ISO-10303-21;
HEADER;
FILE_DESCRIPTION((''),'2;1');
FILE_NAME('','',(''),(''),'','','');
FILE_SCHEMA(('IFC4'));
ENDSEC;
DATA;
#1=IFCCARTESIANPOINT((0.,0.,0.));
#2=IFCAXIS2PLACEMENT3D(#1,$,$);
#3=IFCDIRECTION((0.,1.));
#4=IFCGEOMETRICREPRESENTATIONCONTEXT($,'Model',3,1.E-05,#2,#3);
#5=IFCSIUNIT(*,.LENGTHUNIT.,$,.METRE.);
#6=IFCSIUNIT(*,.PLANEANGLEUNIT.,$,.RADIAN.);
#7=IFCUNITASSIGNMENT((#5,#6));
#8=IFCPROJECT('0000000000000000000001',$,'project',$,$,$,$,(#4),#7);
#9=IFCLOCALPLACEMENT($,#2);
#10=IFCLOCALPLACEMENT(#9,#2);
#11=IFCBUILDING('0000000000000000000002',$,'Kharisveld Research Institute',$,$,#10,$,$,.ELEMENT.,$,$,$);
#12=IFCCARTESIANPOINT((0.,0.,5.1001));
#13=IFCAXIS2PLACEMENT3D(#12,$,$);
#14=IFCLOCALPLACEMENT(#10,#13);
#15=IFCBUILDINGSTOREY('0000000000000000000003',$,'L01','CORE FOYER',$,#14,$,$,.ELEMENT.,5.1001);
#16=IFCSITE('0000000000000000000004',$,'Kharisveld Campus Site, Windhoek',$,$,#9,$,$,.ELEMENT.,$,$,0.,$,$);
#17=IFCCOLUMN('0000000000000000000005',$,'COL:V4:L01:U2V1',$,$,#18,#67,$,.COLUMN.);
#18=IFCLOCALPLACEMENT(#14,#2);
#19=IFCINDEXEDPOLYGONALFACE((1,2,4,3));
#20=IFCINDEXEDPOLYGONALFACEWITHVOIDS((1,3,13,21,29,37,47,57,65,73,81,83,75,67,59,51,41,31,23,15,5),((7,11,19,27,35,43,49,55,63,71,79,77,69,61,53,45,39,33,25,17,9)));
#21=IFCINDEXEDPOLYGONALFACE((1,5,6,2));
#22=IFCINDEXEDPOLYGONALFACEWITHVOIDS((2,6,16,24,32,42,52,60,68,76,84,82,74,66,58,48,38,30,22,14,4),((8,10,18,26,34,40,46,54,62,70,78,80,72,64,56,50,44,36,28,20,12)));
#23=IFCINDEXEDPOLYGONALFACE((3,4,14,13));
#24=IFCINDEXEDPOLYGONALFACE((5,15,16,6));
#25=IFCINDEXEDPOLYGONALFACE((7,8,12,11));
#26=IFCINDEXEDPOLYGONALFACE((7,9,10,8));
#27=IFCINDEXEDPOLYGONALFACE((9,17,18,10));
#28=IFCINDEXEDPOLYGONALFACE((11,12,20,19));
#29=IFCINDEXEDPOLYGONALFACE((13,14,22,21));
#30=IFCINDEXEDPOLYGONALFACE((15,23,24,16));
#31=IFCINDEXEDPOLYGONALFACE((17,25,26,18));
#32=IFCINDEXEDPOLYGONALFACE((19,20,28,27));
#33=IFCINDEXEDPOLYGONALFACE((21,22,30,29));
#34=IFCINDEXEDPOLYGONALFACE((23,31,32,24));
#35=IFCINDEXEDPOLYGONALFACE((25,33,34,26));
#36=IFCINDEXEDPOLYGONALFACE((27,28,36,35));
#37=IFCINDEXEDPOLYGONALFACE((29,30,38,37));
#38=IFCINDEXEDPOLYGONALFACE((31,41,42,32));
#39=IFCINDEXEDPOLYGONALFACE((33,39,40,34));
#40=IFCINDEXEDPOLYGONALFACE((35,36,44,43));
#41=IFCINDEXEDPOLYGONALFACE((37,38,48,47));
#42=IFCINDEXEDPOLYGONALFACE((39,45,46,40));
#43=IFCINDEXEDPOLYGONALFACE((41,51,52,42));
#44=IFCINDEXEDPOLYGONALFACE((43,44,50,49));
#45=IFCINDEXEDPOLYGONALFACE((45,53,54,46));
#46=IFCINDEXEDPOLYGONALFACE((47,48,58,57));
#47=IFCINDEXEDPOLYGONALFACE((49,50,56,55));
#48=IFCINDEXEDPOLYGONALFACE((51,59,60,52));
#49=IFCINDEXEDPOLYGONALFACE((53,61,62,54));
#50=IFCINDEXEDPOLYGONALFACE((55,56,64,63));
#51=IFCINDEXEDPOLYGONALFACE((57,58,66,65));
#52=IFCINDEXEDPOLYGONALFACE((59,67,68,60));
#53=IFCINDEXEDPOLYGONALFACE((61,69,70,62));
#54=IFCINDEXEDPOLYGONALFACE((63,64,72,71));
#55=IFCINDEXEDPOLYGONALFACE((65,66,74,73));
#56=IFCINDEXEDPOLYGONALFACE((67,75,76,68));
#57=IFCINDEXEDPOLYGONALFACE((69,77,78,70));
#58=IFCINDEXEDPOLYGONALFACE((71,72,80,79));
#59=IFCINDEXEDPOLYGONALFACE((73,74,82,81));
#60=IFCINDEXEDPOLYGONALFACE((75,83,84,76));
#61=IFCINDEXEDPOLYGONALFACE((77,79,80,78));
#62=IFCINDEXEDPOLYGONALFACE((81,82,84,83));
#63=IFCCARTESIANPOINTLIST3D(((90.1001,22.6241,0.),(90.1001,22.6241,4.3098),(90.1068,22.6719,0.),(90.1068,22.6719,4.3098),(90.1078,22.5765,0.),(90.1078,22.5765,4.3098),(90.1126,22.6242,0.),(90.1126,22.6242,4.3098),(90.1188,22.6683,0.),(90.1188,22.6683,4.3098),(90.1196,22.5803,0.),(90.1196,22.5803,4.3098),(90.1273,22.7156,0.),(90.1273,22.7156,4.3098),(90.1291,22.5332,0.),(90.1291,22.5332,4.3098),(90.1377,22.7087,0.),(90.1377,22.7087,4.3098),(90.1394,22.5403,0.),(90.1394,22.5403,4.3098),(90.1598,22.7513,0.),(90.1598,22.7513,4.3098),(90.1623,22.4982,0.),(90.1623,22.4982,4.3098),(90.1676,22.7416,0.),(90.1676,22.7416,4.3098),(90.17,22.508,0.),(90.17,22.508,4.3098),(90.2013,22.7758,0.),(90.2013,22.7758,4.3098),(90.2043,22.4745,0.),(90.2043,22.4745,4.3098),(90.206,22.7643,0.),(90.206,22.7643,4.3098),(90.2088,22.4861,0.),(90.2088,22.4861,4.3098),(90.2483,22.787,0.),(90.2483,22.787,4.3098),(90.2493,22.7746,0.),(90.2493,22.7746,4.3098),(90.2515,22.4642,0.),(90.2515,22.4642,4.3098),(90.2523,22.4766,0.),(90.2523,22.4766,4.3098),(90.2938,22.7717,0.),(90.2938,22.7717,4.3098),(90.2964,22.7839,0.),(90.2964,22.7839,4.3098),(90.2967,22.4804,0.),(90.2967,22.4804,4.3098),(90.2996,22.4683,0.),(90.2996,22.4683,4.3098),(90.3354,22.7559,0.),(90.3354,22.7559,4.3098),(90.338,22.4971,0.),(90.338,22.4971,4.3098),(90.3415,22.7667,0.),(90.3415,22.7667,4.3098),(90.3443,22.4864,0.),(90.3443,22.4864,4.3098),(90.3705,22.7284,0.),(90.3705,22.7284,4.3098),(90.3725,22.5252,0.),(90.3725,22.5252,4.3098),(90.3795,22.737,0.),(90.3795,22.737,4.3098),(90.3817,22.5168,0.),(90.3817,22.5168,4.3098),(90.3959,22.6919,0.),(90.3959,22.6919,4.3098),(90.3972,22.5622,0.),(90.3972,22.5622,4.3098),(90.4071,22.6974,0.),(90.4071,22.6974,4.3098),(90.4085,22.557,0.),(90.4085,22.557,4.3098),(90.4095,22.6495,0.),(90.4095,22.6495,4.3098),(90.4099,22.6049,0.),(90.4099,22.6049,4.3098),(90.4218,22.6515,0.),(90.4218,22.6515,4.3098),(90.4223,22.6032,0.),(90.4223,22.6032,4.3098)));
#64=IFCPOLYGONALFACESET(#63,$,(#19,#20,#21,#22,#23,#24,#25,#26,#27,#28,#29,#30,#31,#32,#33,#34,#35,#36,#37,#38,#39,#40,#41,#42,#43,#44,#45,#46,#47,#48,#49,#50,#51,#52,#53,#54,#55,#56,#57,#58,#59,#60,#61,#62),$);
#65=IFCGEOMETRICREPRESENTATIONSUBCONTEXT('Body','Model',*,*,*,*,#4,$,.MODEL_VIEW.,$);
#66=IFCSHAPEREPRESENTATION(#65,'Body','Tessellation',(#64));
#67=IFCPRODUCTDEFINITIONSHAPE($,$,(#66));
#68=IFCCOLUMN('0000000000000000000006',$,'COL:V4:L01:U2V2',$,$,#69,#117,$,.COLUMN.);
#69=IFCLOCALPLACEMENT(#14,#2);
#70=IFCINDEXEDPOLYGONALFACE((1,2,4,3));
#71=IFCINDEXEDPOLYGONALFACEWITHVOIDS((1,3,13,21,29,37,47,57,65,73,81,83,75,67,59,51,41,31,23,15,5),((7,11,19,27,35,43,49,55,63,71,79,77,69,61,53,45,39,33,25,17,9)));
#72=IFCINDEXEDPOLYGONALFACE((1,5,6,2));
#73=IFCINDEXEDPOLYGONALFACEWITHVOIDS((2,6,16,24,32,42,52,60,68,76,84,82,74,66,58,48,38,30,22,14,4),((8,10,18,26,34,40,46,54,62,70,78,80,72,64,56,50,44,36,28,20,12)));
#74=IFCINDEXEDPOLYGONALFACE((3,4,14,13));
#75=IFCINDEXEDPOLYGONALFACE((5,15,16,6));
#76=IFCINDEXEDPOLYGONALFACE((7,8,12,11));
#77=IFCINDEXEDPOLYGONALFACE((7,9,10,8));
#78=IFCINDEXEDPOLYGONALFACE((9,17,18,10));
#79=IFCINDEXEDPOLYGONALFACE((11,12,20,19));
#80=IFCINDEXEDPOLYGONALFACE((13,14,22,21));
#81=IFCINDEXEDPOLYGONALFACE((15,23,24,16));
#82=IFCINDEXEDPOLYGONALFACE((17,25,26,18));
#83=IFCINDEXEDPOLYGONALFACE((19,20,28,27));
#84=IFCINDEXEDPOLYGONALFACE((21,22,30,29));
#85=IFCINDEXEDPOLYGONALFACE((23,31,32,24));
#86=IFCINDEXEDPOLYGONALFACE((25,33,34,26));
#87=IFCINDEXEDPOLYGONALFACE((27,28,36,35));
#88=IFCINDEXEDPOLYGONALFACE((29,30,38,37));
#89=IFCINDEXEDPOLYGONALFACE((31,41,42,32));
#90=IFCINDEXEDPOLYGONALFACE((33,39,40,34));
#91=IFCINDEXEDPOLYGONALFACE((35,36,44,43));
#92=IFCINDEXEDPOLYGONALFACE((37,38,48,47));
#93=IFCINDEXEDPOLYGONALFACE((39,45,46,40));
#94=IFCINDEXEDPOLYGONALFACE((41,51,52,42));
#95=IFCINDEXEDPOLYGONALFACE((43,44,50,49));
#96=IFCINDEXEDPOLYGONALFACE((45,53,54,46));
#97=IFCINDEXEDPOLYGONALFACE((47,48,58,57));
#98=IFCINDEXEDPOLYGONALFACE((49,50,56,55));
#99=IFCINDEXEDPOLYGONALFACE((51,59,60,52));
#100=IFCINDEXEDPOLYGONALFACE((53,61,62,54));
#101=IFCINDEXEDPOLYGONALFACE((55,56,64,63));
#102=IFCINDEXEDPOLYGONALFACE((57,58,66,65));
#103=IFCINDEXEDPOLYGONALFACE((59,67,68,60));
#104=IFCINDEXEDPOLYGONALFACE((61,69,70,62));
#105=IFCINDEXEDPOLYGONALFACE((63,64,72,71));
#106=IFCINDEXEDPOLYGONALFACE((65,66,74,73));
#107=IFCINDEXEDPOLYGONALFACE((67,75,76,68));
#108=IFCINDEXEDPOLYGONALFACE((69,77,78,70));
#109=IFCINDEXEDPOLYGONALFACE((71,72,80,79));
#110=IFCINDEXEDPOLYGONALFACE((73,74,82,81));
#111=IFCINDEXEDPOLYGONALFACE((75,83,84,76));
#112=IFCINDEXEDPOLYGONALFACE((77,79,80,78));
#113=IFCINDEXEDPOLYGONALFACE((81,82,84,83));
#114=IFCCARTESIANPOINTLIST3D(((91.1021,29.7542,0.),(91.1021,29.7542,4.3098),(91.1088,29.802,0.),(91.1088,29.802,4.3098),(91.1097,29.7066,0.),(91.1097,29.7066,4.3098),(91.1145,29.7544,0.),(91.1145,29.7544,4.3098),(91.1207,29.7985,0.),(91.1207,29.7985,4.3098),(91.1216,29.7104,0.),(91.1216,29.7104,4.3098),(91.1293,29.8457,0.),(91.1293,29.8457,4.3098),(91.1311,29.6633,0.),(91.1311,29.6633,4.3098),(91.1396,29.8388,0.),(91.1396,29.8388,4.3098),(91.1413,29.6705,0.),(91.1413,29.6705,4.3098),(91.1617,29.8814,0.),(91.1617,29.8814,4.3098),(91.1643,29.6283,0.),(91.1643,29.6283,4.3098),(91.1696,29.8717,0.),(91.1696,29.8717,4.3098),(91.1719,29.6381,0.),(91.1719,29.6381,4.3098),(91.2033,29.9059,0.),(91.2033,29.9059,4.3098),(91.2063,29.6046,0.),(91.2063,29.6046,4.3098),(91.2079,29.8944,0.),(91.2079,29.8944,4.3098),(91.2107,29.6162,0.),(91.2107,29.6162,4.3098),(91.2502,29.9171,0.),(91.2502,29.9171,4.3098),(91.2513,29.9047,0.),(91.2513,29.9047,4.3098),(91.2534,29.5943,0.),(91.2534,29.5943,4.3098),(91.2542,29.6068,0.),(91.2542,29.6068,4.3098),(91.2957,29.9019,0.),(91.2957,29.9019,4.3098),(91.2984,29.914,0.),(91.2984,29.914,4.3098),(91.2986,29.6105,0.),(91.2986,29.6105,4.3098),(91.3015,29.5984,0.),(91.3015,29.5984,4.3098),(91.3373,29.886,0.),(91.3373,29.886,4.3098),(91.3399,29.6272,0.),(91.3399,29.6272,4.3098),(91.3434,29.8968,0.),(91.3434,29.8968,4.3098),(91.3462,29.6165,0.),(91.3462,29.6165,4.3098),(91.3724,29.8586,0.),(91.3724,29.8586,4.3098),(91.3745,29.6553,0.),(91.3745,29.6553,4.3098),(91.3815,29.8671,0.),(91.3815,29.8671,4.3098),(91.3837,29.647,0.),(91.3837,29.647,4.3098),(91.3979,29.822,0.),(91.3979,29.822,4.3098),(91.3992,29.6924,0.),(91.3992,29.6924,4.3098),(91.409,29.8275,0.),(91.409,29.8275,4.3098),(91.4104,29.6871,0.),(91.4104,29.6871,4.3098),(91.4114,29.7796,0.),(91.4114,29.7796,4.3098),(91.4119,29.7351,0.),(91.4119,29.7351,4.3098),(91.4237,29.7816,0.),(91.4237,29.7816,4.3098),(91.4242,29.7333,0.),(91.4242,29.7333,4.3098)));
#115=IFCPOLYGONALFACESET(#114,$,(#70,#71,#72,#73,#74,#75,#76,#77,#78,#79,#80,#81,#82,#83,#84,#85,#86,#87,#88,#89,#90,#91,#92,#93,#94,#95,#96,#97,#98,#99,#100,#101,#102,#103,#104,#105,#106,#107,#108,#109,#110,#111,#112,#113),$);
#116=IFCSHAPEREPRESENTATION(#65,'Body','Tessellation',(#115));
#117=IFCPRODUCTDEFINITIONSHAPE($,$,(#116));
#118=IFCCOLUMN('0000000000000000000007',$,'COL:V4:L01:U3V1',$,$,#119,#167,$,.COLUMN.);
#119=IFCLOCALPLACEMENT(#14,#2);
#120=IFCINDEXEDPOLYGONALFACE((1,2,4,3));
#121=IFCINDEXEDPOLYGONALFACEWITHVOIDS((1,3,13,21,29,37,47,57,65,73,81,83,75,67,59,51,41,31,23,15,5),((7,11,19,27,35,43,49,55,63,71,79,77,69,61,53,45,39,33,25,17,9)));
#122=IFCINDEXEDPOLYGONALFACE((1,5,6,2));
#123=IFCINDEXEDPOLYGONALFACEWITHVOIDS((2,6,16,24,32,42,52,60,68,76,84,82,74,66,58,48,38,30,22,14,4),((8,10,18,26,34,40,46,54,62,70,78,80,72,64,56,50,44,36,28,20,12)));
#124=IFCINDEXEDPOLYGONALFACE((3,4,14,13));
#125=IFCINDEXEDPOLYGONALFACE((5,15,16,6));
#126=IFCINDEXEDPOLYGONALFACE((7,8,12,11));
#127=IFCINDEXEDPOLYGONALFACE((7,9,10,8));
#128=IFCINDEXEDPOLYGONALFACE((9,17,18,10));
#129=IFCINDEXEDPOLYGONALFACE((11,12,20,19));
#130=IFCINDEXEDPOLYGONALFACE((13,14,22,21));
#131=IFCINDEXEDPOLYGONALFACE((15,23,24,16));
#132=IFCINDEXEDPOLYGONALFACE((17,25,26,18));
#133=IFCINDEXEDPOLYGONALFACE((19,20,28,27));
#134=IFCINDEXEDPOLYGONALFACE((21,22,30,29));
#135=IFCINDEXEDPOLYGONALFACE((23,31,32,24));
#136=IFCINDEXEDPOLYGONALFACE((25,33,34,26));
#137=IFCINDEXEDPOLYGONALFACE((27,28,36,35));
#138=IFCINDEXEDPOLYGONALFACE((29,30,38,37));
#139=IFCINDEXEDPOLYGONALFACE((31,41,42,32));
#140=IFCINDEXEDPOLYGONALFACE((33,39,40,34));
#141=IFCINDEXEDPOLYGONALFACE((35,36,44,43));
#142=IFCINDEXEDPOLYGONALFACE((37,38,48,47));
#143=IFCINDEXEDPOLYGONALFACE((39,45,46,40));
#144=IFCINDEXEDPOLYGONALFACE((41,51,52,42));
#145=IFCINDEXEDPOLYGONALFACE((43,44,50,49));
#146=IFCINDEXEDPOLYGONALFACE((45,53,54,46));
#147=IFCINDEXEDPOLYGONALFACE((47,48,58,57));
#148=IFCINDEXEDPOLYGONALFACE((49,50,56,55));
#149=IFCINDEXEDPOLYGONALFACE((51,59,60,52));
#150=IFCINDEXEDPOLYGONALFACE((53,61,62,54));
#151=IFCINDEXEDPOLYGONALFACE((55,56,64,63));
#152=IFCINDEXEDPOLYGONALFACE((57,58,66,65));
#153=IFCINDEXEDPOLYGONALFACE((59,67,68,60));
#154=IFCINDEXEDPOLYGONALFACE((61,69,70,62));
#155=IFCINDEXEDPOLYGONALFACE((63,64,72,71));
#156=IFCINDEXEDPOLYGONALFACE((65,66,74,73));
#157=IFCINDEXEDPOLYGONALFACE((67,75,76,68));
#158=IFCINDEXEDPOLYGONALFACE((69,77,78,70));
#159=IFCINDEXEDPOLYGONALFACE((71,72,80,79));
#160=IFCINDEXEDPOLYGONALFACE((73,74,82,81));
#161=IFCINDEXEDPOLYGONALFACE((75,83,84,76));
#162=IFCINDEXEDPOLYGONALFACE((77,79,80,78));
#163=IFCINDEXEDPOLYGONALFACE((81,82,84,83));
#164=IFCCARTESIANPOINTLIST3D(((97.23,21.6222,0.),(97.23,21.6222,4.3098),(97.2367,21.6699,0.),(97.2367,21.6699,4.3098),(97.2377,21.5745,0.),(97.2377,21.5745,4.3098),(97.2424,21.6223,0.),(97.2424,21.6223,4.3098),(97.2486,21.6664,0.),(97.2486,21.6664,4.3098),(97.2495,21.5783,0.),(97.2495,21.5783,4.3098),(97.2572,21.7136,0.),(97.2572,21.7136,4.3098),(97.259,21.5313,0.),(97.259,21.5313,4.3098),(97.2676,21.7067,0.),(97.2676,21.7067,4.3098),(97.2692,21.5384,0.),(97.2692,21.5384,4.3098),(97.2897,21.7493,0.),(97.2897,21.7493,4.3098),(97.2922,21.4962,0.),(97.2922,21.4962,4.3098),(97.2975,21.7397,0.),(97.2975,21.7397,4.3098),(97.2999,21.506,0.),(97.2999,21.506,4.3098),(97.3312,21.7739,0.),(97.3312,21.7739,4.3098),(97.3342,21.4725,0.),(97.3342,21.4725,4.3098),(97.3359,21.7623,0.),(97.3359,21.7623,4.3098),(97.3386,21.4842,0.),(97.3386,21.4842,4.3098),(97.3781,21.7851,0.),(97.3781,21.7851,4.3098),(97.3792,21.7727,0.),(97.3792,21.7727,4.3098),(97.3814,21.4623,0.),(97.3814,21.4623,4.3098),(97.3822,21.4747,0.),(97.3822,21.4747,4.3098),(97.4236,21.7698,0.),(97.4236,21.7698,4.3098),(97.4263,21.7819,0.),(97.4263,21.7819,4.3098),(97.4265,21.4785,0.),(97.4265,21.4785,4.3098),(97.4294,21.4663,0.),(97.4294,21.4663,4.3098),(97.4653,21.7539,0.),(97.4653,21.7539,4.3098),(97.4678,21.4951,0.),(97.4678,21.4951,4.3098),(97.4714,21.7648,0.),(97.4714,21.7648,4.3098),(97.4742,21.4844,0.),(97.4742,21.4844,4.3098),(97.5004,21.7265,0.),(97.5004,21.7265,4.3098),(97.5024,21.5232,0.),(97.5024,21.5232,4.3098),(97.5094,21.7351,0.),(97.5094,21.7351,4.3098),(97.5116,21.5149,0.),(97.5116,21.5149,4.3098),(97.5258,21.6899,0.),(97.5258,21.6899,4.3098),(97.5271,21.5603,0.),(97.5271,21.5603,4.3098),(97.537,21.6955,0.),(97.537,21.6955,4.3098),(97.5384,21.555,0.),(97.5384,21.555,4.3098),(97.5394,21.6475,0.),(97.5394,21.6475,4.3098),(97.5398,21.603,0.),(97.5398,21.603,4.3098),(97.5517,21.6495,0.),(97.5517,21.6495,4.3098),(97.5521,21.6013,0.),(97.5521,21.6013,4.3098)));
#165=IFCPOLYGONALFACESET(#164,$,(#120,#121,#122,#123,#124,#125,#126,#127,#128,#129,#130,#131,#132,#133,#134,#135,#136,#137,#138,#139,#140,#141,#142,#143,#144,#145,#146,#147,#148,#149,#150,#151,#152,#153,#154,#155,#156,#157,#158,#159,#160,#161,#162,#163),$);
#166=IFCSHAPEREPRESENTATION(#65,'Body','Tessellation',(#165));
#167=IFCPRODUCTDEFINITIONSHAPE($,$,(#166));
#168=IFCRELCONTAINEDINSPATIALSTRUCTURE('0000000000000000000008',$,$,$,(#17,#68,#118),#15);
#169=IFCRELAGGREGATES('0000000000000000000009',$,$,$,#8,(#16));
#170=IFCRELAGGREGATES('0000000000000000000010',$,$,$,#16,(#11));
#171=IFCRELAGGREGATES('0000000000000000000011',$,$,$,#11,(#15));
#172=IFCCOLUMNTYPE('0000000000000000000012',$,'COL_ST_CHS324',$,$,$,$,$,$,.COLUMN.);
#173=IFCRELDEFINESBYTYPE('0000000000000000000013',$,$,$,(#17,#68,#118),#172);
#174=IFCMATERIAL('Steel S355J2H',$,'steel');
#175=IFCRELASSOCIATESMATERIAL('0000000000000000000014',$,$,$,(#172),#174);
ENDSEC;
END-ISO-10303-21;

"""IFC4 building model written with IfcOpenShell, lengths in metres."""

from ifc_helpers import new_model, si_unit, direction, frame, origin, origin_2d, place, context, subcontext, project, spatial, hollow_circle, extrude, material, material_profile, profile_set, type_object, element, save


model = new_model("IFC4")

# Units and contexts
model_context = context("Model", 3, precision=1e-05, world=origin(), true_north=direction((0.0, 1.0)))
body_context = subcontext(model_context, "Body", "Model", "MODEL_VIEW")
ifc_project = project(units=[si_unit("LENGTHUNIT", "METRE"), si_unit("PLANEANGLEUNIT", "RADIAN")], contexts=[model_context])

# Site, building, storey
site_placement = place(None, origin())
site = spatial("IfcSite", under=ifc_project, at=site_placement, Name="Kharisveld Campus Site, Windhoek", CompositionType="ELEMENT", RefElevation=0.0)
building_placement = place(site_placement, origin())
building = spatial("IfcBuilding", under=site, at=building_placement, Name="Kharisveld Research Institute", CompositionType="ELEMENT")
storey_placement = place(building_placement, frame((0.0, 0.0, 5.1001)))
storey = spatial("IfcBuildingStorey", under=building, at=storey_placement, Name="L01", Description="CORE FOYER", CompositionType="ELEMENT", Elevation=5.1001)

# Columns
ifc_material_1 = material(Name="Steel S355J2H", Category="steel")
ifc_material_profile_1 = material_profile(ifc_material_1, hollow_circle(Radius=0.1619, WallThickness=0.0125, at=origin_2d()))
ifc_profile_set_1 = profile_set([ifc_material_profile_1], Name="Steel S355J2H")
column_type = type_object("IfcColumnType", Name="COL_ST_CHS324", PredefinedType="COLUMN", material=ifc_profile_set_1)
for number, where, z_axis, x_axis, name in (
    (1, (90.262, 22.6257, 0.0), (0.0, 0.0, 1.0), (0.990268, -0.139173, 0.0), "COL:V4:L01:U2V1"),
    (2, (91.2639, 29.7559, 0.0), (0.0, 0.0, 1.0), (0.990268, -0.139173, 0.0), "COL:V4:L01:U2V2"),
    (3, (97.3918, 21.6238, 0.0), (0.0, 0.0, 1.0), (0.990268, -0.139173, 0.0), "COL:V4:L01:U3V1"),
):
    element("IfcColumn", number, at=place(storey_placement, frame(where, z_axis=z_axis, x_axis=x_axis)), inside=storey, type_object=column_type, Name=name, PredefinedType="COLUMN", context=body_context, shape_type="SweptSolid", body=[
        extrude(hollow_circle(Radius=0.1619, WallThickness=0.0125, at=origin_2d()), origin(), (0.0, 0.0, 1.0), 4.3098),
    ])

save(model, "model.ifc")
